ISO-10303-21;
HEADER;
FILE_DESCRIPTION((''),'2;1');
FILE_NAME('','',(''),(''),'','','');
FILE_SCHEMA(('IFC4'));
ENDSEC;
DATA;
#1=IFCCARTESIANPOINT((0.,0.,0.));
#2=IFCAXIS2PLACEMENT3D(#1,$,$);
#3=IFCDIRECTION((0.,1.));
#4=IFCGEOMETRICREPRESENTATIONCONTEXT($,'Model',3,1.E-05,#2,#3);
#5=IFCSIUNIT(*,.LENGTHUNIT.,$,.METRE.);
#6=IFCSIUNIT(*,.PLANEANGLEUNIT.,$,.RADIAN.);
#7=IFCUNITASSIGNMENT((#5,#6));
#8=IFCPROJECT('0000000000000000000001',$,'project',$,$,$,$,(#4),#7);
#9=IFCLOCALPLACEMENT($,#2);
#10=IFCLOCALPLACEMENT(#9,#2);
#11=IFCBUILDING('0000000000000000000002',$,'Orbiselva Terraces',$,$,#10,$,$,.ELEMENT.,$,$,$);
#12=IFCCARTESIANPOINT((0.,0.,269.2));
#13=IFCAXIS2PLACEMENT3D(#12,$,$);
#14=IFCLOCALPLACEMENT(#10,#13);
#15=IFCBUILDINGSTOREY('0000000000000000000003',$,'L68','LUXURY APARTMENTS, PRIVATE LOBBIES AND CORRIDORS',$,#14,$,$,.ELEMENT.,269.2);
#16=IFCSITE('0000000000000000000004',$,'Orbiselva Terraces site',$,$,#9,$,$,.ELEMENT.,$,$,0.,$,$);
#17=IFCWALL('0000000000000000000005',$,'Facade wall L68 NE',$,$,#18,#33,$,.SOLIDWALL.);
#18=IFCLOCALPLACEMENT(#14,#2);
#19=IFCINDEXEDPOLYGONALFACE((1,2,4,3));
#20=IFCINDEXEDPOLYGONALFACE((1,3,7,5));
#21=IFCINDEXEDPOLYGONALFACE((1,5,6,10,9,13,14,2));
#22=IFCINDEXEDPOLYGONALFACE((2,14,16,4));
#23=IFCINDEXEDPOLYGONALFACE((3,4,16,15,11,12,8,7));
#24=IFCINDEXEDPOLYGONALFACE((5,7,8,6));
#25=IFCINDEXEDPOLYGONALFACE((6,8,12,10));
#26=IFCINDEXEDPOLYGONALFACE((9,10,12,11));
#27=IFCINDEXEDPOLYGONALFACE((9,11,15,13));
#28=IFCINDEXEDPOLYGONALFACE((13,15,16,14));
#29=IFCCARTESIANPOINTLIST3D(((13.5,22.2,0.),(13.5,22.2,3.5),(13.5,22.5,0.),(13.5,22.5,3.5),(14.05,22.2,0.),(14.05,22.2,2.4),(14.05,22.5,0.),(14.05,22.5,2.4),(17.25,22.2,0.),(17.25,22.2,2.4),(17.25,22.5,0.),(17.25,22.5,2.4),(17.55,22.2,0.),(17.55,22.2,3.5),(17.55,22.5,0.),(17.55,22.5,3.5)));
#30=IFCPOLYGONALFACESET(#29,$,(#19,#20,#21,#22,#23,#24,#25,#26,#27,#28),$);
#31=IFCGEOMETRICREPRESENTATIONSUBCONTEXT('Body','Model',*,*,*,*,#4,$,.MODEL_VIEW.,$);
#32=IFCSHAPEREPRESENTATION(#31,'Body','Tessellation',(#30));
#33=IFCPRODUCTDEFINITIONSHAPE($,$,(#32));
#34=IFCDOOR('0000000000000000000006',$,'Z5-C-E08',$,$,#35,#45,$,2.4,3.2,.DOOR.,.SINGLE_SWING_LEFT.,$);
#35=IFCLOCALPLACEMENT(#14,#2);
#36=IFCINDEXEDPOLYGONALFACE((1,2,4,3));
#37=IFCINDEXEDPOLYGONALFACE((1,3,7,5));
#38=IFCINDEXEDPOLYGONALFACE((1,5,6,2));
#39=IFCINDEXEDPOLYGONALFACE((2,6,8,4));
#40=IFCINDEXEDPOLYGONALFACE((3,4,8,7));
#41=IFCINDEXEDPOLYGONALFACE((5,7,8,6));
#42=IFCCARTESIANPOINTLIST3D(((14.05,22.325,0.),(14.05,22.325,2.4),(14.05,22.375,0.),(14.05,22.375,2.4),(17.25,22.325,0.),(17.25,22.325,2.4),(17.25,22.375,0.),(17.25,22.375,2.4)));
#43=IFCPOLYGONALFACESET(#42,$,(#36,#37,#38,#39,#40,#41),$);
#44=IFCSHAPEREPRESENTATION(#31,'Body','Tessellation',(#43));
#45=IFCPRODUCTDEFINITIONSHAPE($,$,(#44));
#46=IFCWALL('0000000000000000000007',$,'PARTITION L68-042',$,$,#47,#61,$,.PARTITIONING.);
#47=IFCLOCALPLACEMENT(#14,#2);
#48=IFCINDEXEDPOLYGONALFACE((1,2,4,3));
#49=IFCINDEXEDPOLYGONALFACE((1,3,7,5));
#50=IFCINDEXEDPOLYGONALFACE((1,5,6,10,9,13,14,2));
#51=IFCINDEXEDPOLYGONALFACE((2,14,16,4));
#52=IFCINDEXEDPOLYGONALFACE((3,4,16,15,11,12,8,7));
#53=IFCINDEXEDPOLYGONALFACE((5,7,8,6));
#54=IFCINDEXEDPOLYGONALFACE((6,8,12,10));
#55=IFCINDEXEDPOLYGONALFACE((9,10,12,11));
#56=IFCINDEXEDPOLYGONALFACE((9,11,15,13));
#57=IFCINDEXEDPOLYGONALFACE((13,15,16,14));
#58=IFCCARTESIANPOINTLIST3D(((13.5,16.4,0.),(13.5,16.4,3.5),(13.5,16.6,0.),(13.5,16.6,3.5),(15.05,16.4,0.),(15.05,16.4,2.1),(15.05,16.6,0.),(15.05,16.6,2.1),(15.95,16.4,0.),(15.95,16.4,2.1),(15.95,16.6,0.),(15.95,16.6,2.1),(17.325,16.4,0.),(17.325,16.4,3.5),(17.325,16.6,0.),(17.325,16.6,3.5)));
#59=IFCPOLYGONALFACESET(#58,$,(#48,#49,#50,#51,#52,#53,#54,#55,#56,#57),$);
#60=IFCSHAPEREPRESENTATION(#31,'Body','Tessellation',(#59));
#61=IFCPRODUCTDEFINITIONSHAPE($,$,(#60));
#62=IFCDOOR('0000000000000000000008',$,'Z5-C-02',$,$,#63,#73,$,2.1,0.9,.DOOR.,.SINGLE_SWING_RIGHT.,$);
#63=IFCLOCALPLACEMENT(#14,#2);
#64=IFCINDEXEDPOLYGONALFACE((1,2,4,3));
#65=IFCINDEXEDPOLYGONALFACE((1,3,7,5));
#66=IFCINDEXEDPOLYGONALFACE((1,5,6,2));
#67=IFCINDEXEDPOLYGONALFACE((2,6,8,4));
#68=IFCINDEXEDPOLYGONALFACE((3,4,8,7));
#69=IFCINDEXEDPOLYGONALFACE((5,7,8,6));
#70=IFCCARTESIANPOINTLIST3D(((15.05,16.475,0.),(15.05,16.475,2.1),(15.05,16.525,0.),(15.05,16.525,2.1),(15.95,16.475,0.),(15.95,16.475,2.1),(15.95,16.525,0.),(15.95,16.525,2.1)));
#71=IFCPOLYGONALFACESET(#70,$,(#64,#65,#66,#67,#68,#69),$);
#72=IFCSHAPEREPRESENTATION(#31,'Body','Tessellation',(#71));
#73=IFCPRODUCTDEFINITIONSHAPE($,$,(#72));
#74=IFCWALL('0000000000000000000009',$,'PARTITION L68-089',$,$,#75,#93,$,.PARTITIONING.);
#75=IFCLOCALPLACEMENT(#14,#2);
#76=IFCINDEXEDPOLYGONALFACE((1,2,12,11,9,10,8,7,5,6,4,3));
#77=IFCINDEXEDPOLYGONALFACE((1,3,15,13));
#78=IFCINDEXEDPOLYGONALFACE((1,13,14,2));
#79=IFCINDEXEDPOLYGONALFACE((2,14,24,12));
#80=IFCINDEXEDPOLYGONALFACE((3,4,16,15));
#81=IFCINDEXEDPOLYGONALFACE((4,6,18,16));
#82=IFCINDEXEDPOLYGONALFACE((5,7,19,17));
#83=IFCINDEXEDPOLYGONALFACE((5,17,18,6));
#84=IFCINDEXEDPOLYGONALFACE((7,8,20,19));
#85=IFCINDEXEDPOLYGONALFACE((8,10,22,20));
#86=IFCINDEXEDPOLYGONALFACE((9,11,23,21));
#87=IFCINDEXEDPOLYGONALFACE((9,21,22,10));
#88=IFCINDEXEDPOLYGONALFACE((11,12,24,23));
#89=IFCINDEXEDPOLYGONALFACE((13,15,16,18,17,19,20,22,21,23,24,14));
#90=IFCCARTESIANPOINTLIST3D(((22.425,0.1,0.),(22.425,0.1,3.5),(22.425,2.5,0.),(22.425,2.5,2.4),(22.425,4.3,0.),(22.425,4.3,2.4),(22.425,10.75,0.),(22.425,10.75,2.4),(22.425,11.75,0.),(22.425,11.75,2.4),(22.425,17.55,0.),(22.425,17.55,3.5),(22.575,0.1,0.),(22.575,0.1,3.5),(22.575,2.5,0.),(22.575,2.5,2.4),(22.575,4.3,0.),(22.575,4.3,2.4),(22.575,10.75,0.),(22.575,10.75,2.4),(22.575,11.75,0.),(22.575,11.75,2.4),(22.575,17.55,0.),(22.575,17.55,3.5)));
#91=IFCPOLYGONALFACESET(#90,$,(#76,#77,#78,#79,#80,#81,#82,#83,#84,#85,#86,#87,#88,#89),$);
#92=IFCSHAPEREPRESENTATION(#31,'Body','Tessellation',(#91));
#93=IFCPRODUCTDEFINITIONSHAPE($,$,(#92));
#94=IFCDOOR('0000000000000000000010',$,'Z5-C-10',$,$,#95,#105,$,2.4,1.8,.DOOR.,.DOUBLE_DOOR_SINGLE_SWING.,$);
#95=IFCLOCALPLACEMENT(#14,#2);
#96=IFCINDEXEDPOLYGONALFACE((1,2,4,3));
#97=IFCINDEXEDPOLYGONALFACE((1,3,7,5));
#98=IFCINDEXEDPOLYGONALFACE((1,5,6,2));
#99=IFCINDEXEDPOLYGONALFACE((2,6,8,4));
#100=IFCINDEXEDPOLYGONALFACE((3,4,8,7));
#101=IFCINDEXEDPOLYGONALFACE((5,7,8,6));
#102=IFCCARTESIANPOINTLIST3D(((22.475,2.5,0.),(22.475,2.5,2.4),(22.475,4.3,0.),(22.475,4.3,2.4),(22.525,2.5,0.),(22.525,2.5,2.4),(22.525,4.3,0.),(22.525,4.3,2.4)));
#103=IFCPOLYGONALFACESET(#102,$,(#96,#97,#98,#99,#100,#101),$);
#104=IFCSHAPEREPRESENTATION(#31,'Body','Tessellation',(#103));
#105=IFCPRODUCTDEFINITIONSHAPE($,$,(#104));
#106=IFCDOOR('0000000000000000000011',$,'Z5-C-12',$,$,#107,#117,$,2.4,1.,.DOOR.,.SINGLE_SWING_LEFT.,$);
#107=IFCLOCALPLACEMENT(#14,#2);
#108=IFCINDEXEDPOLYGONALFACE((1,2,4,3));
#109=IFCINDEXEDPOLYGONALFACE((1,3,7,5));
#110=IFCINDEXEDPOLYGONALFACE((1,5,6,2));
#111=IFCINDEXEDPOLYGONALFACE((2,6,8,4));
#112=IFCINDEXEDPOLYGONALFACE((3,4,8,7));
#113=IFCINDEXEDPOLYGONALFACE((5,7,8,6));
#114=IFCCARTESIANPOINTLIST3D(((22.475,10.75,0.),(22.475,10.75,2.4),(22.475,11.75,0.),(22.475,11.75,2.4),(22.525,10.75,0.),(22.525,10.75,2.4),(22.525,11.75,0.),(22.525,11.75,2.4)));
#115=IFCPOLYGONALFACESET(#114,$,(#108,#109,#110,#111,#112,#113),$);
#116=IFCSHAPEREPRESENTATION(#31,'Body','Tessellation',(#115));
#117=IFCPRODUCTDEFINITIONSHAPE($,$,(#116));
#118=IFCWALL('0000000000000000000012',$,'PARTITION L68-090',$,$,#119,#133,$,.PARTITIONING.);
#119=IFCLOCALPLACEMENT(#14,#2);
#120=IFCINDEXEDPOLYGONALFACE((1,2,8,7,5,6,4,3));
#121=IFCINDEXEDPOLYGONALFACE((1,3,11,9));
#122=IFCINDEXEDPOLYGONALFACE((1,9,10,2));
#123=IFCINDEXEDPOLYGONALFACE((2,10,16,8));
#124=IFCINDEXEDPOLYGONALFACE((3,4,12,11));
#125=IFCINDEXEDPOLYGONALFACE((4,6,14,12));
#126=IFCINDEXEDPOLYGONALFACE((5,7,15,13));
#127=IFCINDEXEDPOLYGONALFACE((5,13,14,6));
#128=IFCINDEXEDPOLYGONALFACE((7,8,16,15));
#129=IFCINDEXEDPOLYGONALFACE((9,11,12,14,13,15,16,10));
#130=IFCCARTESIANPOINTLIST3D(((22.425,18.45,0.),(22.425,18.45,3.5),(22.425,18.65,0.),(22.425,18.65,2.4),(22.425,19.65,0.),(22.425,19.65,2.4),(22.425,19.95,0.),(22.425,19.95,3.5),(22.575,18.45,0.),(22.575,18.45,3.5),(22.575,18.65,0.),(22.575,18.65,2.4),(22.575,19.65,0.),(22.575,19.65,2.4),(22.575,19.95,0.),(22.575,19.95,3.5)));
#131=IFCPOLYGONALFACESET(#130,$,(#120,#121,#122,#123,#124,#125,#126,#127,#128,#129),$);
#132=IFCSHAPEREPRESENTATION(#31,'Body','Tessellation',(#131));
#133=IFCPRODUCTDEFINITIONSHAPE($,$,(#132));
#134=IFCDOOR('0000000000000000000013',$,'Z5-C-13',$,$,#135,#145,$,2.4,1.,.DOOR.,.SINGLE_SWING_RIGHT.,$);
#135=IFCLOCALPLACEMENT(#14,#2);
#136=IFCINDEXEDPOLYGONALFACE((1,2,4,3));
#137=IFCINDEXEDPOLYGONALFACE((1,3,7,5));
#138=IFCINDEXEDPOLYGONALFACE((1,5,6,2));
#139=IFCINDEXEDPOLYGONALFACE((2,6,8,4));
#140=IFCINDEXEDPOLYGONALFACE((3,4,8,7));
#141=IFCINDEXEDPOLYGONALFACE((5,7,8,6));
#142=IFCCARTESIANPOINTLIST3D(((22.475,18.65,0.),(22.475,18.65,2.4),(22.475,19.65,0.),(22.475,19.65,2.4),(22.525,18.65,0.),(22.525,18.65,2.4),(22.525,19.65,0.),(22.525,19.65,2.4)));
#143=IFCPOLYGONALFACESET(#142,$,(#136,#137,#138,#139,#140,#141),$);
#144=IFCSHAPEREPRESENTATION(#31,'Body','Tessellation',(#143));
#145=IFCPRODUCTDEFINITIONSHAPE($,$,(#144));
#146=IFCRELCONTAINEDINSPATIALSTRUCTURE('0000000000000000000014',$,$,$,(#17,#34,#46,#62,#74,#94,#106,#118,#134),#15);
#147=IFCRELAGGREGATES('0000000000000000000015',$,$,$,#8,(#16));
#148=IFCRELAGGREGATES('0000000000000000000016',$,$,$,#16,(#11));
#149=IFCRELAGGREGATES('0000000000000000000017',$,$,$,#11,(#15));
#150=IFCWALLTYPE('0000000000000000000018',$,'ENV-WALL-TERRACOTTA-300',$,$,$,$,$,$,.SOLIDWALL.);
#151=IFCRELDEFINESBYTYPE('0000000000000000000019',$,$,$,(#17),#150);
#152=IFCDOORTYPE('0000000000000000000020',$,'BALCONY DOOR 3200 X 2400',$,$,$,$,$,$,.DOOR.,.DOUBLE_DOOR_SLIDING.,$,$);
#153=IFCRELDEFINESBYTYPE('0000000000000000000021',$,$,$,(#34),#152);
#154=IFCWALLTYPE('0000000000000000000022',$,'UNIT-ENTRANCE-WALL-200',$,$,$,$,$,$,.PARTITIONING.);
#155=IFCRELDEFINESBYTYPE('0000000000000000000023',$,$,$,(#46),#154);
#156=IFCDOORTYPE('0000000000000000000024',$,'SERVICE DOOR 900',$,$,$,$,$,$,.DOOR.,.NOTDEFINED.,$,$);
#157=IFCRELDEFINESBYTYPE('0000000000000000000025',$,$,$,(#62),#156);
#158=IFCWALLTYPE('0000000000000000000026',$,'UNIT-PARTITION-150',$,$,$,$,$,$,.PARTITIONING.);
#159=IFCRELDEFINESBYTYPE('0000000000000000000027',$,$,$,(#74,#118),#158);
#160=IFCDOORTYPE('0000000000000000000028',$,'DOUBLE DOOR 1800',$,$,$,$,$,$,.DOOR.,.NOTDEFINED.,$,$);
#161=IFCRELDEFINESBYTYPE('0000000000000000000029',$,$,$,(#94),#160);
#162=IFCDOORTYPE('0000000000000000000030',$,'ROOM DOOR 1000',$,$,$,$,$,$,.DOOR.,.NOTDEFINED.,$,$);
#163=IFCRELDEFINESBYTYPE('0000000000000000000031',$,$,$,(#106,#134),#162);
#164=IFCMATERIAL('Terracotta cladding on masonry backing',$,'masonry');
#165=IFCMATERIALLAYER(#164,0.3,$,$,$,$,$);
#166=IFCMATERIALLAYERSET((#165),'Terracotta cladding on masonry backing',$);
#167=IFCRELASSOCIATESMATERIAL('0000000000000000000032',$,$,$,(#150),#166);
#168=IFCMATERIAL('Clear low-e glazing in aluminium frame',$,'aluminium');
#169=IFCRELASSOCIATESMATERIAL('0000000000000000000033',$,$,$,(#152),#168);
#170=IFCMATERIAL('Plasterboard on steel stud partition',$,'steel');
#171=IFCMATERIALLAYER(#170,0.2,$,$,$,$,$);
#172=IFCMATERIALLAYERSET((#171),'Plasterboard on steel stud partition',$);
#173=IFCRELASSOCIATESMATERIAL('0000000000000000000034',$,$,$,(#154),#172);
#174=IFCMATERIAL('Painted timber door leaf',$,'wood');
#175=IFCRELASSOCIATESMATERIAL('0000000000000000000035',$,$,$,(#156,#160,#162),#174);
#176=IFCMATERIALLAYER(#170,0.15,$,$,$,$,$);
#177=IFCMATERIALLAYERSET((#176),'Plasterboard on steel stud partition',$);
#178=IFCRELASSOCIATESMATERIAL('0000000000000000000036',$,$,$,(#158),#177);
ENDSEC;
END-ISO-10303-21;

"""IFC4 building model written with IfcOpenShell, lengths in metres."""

from ifc_helpers import new_model, si_unit, direction, frame, frame_2d, origin, place, context, subcontext, project, spatial, rectangle, extrude, material, layer, layer_set, type_object, element, fill, save


model = new_model("IFC4")

# Units and contexts
model_context = context("Model", 3, precision=1e-05, world=origin(), true_north=direction((0.0, 1.0)))
body_context = subcontext(model_context, "Body", "Model", "MODEL_VIEW")
ifc_project = project(units=[si_unit("LENGTHUNIT", "METRE"), si_unit("PLANEANGLEUNIT", "RADIAN")], contexts=[model_context])

# Site, building, storey
site_placement = place(None, origin())
site = spatial("IfcSite", under=ifc_project, at=site_placement, Name="Orbiselva Terraces site", CompositionType="ELEMENT", RefElevation=0.0)
building_placement = place(site_placement, origin())
building = spatial("IfcBuilding", under=site, at=building_placement, Name="Orbiselva Terraces", CompositionType="ELEMENT")
storey_placement = place(building_placement, frame((0.0, 0.0, 269.2)))
storey = spatial("IfcBuildingStorey", under=building, at=storey_placement, Name="L68", Description="LUXURY APARTMENTS, PRIVATE LOBBIES AND CORRIDORS", CompositionType="ELEMENT", Elevation=269.2)

# Shared definitions
ifc_material_1 = material(Name="Terracotta cladding on masonry backing", Category="masonry")
ifc_layer_1 = layer(ifc_material_1, 0.3)
ifc_layer_set_1 = layer_set([ifc_layer_1], Name="Terracotta cladding on masonry backing")
wall_type_1 = type_object("IfcWallType", Name="ENV-WALL-TERRACOTTA-300", PredefinedType="SOLIDWALL", material=ifc_layer_set_1)
ifc_material_2 = material(Name="Clear low-e glazing in aluminium frame", Category="aluminium")
door_type_1 = type_object("IfcDoorType", Name="BALCONY DOOR 3200 X 2400", OperationType="DOUBLE_DOOR_SLIDING", PredefinedType="DOOR", material=ifc_material_2)

# Walls, openings, doors
wall_1_placement = place(storey_placement, frame((13.5, 22.35, 0.0), z_axis=(0.0, 0.0, 1.0), x_axis=(1.0, 0.0, 0.0)))
wall_1 = element("IfcWall", 1, at=wall_1_placement, inside=storey, type_object=wall_type_1, Name="Facade wall L68 NE", PredefinedType="SOLIDWALL", context=body_context, shape_type="SweptSolid", body=[
    extrude(rectangle(XDim=4.05, YDim=0.3, at=frame_2d((2.025, 0.0))), origin(), (0.0, 0.0, 1.0), 3.5),
])
opening_1_placement = place(wall_1_placement, frame((0.55, 0.0, 0.0)))
opening_1 = element("IfcOpeningElement", 2, at=opening_1_placement, cuts=wall_1, PredefinedType="OPENING", context=body_context, shape_type="SweptSolid", body=[
    extrude(rectangle(XDim=3.2, YDim=2.4, at=frame_2d((1.6, 1.2))), frame((0.0, 0.16, 0.0), z_axis=(0.0, -1.0, 0.0), x_axis=(1.0, 0.0, 0.0)), (0.0, 0.0, 1.0), 0.32),
])
door_1_placement = place(opening_1_placement, origin())
door_1 = element("IfcDoor", 3, at=door_1_placement, inside=storey, type_object=door_type_1, Name="Z5-C-E08", OperationType="SINGLE_SWING_LEFT", OverallHeight=2.4, OverallWidth=3.2, PredefinedType="DOOR", context=body_context, shape_type="SweptSolid", body=[
    extrude(rectangle(XDim=3.2, YDim=2.4, at=frame_2d((1.6, 1.2))), frame((0.0, 0.025, 0.0), z_axis=(0.0, -1.0, 0.0), x_axis=(1.0, 0.0, 0.0)), (0.0, 0.0, 1.0), 0.05),
])
fill(opening_1, door_1)
ifc_material_3 = material(Name="Plasterboard on steel stud partition", Category="steel")
ifc_layer_2 = layer(ifc_material_3, 0.2)
ifc_layer_set_2 = layer_set([ifc_layer_2], Name="Plasterboard on steel stud partition")
wall_type_2 = type_object("IfcWallType", Name="UNIT-ENTRANCE-WALL-200", PredefinedType="PARTITIONING", material=ifc_layer_set_2)
wall_2_placement = place(storey_placement, frame((13.5, 16.5, 0.0), z_axis=(0.0, 0.0, 1.0), x_axis=(1.0, 0.0, 0.0)))
wall_2 = element("IfcWall", 4, at=wall_2_placement, inside=storey, type_object=wall_type_2, Name="PARTITION L68-042", PredefinedType="PARTITIONING", context=body_context, shape_type="SweptSolid", body=[
    extrude(rectangle(XDim=3.825, YDim=0.2, at=frame_2d((1.9125, 0.0))), origin(), (0.0, 0.0, 1.0), 3.5),
])
opening_2_placement = place(wall_2_placement, frame((1.55, 0.0, 0.0)))
opening_2 = element("IfcOpeningElement", 5, at=opening_2_placement, cuts=wall_2, PredefinedType="OPENING", context=body_context, shape_type="SweptSolid", body=[
    extrude(rectangle(XDim=0.9, YDim=2.1, at=frame_2d((0.45, 1.05))), frame((0.0, 0.11, 0.0), z_axis=(0.0, -1.0, 0.0), x_axis=(1.0, 0.0, 0.0)), (0.0, 0.0, 1.0), 0.22),
])
ifc_material_4 = material(Name="Painted timber door leaf", Category="wood")
door_type_2 = type_object("IfcDoorType", Name="SERVICE DOOR 900", OperationType="NOTDEFINED", PredefinedType="DOOR", material=ifc_material_4)
door_2_placement = place(opening_2_placement, origin())
door_2 = element("IfcDoor", 6, at=door_2_placement, inside=storey, type_object=door_type_2, Name="Z5-C-02", OperationType="SINGLE_SWING_RIGHT", OverallHeight=2.1, OverallWidth=0.9, PredefinedType="DOOR", context=body_context, shape_type="SweptSolid", body=[
    extrude(rectangle(XDim=0.9, YDim=2.1, at=frame_2d((0.45, 1.05))), frame((0.0, 0.025, 0.0), z_axis=(0.0, -1.0, 0.0), x_axis=(1.0, 0.0, 0.0)), (0.0, 0.0, 1.0), 0.05),
])
fill(opening_2, door_2)

# Wall, openings, doors
ifc_layer_3 = layer(ifc_material_3, 0.15)
ifc_layer_set_3 = layer_set([ifc_layer_3], Name="Plasterboard on steel stud partition")
wall_type_3 = type_object("IfcWallType", Name="UNIT-PARTITION-150", PredefinedType="PARTITIONING", material=ifc_layer_set_3)
wall_3_placement = place(storey_placement, frame((22.5, 17.55, 0.0), z_axis=(0.0, 0.0, 1.0), x_axis=(0.0, -1.0, 0.0)))
wall_3 = element("IfcWall", 7, at=wall_3_placement, inside=storey, type_object=wall_type_3, Name="PARTITION L68-089", PredefinedType="PARTITIONING", context=body_context, shape_type="SweptSolid", body=[
    extrude(rectangle(XDim=17.45, YDim=0.15, at=frame_2d((8.725, 0.0))), origin(), (0.0, 0.0, 1.0), 3.5),
])
opening_3_placement = place(wall_3_placement, frame((13.25, 0.0, 0.0)))
opening_3 = element("IfcOpeningElement", 8, at=opening_3_placement, cuts=wall_3, PredefinedType="OPENING", context=body_context, shape_type="SweptSolid", body=[
    extrude(rectangle(XDim=1.8, YDim=2.4, at=frame_2d((0.9, 1.2))), frame((0.0, 0.085, 0.0), z_axis=(0.0, -1.0, 0.0), x_axis=(1.0, 0.0, 0.0)), (0.0, 0.0, 1.0), 0.17),
])
opening_4_placement = place(wall_3_placement, frame((5.8, 0.0, 0.0)))
opening_4 = element("IfcOpeningElement", 9, at=opening_4_placement, cuts=wall_3, PredefinedType="OPENING", context=body_context, shape_type="SweptSolid", body=[
    extrude(rectangle(XDim=1.0, YDim=2.4, at=frame_2d((0.5, 1.2))), frame((0.0, 0.085, 0.0), z_axis=(0.0, -1.0, 0.0), x_axis=(1.0, 0.0, 0.0)), (0.0, 0.0, 1.0), 0.17),
])
door_type_3 = type_object("IfcDoorType", Name="DOUBLE DOOR 1800", OperationType="NOTDEFINED", PredefinedType="DOOR", material=ifc_material_4)
door_3_placement = place(opening_3_placement, origin())
door_3 = element("IfcDoor", 10, at=door_3_placement, inside=storey, type_object=door_type_3, Name="Z5-C-10", OperationType="DOUBLE_DOOR_SINGLE_SWING", OverallHeight=2.4, OverallWidth=1.8, PredefinedType="DOOR", context=body_context, shape_type="SweptSolid", body=[
    extrude(rectangle(XDim=1.8, YDim=2.4, at=frame_2d((0.9, 1.2))), frame((0.0, 0.025, 0.0), z_axis=(0.0, -1.0, 0.0), x_axis=(1.0, 0.0, 0.0)), (0.0, 0.0, 1.0), 0.05),
])
fill(opening_3, door_3)
door_type_4 = type_object("IfcDoorType", Name="ROOM DOOR 1000", OperationType="NOTDEFINED", PredefinedType="DOOR", material=ifc_material_4)
door_4_placement = place(opening_4_placement, origin())
door_4 = element("IfcDoor", 11, at=door_4_placement, inside=storey, type_object=door_type_4, Name="Z5-C-12", OperationType="SINGLE_SWING_LEFT", OverallHeight=2.4, OverallWidth=1.0, PredefinedType="DOOR", context=body_context, shape_type="SweptSolid", body=[
    extrude(rectangle(XDim=1.0, YDim=2.4, at=frame_2d((0.5, 1.2))), frame((0.0, 0.025, 0.0), z_axis=(0.0, -1.0, 0.0), x_axis=(1.0, 0.0, 0.0)), (0.0, 0.0, 1.0), 0.05),
])
fill(opening_4, door_4)

# Wall, opening, door
wall_4_placement = place(storey_placement, frame((22.5, 19.95, 0.0), z_axis=(0.0, 0.0, 1.0), x_axis=(0.0, -1.0, 0.0)))
wall_4 = element("IfcWall", 12, at=wall_4_placement, inside=storey, type_object=wall_type_3, Name="PARTITION L68-090", PredefinedType="PARTITIONING", context=body_context, shape_type="SweptSolid", body=[
    extrude(rectangle(XDim=1.5, YDim=0.15, at=frame_2d((0.75, 0.0))), origin(), (0.0, 0.0, 1.0), 3.5),
])
opening_5_placement = place(wall_4_placement, frame((0.3, 0.0, 0.0)))
opening_5 = element("IfcOpeningElement", 13, at=opening_5_placement, cuts=wall_4, PredefinedType="OPENING", context=body_context, shape_type="SweptSolid", body=[
    extrude(rectangle(XDim=1.0, YDim=2.4, at=frame_2d((0.5, 1.2))), frame((0.0, 0.085, 0.0), z_axis=(0.0, -1.0, 0.0), x_axis=(1.0, 0.0, 0.0)), (0.0, 0.0, 1.0), 0.17),
])
door_5_placement = place(opening_5_placement, origin())
door_5 = element("IfcDoor", 14, at=door_5_placement, inside=storey, type_object=door_type_4, Name="Z5-C-13", OperationType="SINGLE_SWING_RIGHT", OverallHeight=2.4, OverallWidth=1.0, PredefinedType="DOOR", context=body_context, shape_type="SweptSolid", body=[
    extrude(rectangle(XDim=1.0, YDim=2.4, at=frame_2d((0.5, 1.2))), frame((0.0, 0.025, 0.0), z_axis=(0.0, -1.0, 0.0), x_axis=(1.0, 0.0, 0.0)), (0.0, 0.0, 1.0), 0.05),
])
fill(opening_5, door_5)

save(model, "model.ifc")
